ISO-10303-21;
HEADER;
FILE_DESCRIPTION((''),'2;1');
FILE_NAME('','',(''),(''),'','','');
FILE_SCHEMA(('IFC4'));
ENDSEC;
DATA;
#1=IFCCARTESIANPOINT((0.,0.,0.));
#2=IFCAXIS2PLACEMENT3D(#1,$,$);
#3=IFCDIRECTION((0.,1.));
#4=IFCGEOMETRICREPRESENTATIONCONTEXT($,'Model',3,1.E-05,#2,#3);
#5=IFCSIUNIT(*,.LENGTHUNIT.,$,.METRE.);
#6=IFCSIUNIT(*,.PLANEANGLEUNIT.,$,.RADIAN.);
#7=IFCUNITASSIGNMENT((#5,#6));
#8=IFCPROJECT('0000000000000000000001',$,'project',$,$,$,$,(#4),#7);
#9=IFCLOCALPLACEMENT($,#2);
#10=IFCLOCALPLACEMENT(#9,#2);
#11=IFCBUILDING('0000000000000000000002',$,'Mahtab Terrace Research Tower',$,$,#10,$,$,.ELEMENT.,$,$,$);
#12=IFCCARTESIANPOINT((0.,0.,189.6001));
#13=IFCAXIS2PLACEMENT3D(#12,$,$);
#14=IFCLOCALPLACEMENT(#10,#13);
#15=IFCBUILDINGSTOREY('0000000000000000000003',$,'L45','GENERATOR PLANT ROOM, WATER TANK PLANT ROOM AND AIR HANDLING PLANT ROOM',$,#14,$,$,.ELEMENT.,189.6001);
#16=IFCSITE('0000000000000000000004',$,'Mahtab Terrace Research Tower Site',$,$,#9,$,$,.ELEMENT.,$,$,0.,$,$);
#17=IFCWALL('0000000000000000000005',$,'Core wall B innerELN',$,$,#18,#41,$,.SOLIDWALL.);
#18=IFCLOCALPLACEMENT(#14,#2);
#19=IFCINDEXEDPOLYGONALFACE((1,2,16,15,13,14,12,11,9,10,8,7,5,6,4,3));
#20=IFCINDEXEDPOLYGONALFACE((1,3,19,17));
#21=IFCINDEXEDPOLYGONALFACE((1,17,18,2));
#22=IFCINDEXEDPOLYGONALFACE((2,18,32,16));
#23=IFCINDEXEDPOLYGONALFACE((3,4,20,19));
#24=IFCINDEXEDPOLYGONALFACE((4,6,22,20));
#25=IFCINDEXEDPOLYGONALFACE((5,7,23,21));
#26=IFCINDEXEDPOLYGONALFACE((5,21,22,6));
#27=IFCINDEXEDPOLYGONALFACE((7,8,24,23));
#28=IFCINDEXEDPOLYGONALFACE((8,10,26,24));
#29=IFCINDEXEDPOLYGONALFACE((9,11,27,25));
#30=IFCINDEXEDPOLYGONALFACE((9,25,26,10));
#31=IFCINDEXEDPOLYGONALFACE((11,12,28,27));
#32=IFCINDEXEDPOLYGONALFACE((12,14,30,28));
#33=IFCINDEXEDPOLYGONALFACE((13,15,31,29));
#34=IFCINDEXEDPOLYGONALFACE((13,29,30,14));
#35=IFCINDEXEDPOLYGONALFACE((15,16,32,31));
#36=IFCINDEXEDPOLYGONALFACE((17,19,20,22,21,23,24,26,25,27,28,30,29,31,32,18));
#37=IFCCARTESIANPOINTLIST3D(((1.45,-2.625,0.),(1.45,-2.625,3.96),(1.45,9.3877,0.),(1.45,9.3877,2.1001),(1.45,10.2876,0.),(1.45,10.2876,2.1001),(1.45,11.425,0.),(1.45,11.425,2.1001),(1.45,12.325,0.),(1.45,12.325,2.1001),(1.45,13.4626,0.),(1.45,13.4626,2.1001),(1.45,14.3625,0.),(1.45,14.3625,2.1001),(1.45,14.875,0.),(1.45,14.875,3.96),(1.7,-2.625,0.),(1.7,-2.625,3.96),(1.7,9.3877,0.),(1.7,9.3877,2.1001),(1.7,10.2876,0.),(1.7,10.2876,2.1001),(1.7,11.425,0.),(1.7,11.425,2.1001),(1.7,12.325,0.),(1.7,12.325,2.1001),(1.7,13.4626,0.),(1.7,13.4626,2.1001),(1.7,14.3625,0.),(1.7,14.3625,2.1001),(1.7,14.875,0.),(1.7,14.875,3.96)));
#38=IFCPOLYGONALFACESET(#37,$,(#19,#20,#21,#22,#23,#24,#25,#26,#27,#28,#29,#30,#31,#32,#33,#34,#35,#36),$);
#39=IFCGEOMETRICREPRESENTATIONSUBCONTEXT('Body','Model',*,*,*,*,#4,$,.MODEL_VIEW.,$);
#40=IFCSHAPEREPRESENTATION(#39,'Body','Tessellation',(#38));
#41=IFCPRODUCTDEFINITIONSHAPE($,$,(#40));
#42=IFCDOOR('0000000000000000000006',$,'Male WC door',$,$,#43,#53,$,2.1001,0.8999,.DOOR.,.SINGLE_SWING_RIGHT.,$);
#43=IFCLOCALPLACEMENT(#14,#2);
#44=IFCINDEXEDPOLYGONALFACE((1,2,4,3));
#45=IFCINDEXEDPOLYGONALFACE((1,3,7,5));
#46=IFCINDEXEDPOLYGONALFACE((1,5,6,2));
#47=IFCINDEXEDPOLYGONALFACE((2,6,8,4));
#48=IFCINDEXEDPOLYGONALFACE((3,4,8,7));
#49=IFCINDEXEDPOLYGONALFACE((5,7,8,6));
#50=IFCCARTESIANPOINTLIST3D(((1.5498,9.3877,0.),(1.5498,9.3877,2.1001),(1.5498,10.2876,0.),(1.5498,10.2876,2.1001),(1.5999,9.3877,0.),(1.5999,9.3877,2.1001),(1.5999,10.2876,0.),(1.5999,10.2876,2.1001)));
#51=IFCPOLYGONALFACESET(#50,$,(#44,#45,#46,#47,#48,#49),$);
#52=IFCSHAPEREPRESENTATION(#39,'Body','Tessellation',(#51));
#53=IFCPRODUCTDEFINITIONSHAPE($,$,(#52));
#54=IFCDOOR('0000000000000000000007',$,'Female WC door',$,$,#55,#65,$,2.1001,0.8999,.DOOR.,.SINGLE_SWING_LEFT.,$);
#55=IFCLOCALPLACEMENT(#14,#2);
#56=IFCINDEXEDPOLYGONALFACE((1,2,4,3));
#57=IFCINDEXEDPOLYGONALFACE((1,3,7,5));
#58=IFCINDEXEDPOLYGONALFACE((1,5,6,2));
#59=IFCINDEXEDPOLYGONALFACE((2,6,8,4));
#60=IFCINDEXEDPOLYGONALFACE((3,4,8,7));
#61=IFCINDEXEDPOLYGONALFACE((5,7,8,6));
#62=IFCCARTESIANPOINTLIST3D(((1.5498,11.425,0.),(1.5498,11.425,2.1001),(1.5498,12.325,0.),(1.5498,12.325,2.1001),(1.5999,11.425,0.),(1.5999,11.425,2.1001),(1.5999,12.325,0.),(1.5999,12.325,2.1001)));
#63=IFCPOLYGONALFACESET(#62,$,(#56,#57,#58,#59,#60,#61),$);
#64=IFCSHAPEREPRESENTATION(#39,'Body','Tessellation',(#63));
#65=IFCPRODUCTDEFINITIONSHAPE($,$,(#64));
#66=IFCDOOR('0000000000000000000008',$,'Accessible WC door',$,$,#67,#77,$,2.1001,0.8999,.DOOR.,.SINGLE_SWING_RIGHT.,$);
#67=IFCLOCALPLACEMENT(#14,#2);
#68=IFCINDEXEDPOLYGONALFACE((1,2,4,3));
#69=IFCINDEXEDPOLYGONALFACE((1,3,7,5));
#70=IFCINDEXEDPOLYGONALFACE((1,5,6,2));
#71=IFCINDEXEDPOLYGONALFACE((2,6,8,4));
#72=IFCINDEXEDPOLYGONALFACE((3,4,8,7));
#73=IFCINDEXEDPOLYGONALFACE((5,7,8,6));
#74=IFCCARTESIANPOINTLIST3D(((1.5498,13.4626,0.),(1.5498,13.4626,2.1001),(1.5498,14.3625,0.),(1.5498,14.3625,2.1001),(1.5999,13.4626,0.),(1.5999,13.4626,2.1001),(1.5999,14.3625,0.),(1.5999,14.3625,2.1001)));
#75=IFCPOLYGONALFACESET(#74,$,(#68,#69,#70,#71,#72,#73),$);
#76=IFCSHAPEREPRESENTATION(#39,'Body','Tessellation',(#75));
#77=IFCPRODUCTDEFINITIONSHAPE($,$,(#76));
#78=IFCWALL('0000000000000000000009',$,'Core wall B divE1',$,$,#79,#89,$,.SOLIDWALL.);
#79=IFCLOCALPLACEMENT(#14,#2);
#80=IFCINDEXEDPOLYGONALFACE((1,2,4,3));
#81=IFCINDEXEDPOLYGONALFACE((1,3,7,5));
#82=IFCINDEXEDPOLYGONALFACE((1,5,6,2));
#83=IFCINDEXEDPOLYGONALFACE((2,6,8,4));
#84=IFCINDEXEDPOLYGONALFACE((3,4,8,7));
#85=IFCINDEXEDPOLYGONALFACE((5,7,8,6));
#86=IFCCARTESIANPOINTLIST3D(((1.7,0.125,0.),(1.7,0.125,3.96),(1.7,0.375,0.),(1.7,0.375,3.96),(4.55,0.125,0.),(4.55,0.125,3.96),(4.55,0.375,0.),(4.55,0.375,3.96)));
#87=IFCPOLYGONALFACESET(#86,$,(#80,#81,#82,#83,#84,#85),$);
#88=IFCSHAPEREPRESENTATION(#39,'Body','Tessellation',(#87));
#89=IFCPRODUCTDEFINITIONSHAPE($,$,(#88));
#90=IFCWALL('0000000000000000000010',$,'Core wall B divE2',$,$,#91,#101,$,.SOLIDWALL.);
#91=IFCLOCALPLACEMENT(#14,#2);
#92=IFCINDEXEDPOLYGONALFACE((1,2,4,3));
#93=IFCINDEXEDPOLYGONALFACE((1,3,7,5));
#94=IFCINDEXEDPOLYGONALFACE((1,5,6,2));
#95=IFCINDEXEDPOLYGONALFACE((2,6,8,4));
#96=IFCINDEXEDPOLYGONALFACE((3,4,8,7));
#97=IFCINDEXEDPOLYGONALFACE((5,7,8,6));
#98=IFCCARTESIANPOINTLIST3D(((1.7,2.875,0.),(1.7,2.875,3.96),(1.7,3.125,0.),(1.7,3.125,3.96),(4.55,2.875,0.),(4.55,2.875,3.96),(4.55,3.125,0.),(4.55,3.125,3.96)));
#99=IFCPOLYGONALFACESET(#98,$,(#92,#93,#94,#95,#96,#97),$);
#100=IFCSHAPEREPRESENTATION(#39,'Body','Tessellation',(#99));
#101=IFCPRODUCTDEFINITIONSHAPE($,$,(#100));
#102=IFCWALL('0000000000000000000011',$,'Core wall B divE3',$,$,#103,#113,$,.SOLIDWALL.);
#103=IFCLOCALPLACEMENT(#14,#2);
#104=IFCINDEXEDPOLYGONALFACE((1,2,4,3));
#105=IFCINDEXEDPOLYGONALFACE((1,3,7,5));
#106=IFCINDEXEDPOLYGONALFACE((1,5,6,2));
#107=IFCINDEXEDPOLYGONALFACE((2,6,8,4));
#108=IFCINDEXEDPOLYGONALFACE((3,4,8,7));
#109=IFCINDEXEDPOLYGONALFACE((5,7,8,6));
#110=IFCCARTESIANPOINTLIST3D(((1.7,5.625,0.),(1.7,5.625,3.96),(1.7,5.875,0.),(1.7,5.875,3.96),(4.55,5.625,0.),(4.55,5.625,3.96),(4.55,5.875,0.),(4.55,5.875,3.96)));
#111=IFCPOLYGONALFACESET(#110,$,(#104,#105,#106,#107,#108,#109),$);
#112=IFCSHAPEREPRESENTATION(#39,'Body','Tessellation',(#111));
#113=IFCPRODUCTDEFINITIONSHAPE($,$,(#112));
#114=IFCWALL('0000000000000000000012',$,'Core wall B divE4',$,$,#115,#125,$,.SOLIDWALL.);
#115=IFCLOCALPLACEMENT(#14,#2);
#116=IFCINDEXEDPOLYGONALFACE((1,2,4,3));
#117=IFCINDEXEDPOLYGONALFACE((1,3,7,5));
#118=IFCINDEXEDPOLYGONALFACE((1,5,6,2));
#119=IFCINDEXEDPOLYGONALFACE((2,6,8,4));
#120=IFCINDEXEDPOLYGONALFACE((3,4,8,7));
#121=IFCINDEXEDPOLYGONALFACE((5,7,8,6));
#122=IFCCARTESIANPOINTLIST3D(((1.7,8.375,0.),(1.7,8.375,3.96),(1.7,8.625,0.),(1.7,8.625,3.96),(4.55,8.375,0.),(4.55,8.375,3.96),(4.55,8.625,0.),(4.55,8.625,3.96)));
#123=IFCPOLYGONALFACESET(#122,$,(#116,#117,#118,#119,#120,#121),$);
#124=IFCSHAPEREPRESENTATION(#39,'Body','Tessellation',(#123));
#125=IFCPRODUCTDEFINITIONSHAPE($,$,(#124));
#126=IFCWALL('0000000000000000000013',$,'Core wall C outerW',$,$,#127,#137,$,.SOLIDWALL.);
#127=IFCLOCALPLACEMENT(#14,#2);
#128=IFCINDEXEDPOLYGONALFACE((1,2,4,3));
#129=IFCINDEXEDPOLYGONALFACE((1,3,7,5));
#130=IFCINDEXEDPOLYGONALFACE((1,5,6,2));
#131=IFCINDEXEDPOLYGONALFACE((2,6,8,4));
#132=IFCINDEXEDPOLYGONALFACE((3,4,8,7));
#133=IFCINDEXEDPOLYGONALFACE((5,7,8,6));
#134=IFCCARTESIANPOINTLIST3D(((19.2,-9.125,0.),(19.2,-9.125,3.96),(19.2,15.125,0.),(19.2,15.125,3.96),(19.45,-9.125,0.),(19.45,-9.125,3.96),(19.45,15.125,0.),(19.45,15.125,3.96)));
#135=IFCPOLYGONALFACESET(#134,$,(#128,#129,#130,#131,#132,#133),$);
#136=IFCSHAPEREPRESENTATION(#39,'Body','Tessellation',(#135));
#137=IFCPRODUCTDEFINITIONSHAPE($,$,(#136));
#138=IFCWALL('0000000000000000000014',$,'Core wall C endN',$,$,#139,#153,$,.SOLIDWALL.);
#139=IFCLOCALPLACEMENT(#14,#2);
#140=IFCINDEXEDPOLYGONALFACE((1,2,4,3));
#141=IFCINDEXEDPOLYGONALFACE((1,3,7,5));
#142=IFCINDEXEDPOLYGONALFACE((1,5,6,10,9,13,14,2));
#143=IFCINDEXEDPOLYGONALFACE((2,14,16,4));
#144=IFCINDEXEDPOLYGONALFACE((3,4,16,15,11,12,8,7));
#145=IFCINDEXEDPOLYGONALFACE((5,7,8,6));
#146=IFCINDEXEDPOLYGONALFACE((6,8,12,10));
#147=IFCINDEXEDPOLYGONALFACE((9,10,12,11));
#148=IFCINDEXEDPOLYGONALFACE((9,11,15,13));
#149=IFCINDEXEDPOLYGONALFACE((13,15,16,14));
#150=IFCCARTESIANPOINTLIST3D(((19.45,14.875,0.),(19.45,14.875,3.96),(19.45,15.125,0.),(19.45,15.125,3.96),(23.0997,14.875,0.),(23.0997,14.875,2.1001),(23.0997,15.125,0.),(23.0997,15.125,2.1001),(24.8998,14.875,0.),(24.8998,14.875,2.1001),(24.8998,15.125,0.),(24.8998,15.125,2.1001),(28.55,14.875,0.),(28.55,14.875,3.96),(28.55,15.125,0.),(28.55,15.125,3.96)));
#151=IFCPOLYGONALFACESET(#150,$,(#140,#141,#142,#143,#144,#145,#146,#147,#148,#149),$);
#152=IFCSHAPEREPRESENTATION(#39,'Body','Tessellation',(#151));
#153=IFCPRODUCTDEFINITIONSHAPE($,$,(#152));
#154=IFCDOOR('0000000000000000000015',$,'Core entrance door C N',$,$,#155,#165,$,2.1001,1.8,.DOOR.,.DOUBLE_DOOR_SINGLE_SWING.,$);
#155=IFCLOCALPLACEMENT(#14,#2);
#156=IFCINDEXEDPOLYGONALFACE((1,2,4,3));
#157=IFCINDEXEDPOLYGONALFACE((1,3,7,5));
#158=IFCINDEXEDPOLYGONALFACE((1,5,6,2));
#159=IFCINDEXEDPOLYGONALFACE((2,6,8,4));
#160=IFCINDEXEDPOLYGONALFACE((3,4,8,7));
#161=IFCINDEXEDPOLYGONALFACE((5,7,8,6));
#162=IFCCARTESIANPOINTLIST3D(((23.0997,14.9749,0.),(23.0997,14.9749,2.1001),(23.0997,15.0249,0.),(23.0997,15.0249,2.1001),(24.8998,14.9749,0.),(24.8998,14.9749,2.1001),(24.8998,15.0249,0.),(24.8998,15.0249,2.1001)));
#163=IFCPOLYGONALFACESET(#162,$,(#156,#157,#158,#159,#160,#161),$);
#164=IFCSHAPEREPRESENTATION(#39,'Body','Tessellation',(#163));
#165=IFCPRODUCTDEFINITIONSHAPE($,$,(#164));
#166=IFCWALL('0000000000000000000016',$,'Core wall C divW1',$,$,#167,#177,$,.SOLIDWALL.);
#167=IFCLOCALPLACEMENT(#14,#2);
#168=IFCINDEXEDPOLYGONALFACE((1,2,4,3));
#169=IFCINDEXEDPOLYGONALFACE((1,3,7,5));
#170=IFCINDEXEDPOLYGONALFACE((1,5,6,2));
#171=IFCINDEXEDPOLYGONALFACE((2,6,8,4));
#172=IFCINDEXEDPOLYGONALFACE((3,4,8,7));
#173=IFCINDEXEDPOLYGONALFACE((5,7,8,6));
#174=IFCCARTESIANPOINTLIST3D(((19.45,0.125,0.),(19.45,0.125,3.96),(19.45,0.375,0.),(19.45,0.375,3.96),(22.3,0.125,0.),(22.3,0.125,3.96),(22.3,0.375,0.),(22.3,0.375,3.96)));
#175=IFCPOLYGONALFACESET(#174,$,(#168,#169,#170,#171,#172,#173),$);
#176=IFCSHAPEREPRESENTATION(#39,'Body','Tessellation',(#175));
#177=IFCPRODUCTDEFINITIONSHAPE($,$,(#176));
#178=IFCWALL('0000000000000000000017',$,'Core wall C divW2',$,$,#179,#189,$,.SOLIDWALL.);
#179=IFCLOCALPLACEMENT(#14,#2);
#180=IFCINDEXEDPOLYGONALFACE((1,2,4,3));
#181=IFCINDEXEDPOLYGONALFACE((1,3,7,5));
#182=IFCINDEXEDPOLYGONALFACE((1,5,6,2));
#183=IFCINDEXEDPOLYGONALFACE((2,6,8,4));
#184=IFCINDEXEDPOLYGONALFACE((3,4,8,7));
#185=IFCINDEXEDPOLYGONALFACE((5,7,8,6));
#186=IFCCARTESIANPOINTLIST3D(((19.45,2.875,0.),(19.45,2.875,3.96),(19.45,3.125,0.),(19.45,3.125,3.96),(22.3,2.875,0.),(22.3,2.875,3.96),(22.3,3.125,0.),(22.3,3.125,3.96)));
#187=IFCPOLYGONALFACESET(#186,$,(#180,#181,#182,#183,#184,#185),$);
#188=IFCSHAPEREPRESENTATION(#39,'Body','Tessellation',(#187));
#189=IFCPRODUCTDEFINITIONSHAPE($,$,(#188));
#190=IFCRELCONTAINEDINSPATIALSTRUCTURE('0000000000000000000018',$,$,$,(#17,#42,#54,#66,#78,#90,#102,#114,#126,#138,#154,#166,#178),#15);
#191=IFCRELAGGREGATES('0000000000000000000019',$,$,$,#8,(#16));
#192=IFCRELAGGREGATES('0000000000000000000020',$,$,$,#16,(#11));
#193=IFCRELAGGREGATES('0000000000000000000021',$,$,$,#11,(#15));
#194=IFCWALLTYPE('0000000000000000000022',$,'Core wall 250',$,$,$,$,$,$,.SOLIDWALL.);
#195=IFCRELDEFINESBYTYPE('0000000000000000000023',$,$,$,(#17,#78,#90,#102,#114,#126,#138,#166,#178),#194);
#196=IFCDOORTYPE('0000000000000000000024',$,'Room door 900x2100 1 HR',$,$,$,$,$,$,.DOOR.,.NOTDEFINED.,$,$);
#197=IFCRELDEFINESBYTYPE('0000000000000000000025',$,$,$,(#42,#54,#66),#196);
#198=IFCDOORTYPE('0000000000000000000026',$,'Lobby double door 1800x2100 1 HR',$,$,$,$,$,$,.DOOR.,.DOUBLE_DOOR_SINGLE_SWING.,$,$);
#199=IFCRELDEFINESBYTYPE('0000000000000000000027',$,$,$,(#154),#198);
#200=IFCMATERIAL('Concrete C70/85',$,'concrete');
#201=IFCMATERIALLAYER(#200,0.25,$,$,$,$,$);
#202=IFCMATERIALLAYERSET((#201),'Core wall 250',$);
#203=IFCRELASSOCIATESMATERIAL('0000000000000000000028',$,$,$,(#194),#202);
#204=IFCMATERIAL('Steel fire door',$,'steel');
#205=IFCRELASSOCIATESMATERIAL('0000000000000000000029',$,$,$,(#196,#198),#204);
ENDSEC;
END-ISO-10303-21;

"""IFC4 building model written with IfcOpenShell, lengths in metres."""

from ifc_helpers import new_model, si_unit, direction, frame, frame_2d, origin, place, context, subcontext, project, spatial, rectangle, extrude, material, layer, layer_set, type_object, element, fill, save


model = new_model("IFC4")

# Units and contexts
model_context = context("Model", 3, precision=1e-05, world=origin(), true_north=direction((0.0, 1.0)))
body_context = subcontext(model_context, "Body", "Model", "MODEL_VIEW")
ifc_project = project(units=[si_unit("LENGTHUNIT", "METRE"), si_unit("PLANEANGLEUNIT", "RADIAN")], contexts=[model_context])

# Site, building, storey
site_placement = place(None, origin())
site = spatial("IfcSite", under=ifc_project, at=site_placement, Name="Mahtab Terrace Research Tower Site", CompositionType="ELEMENT", RefElevation=0.0)
building_placement = place(site_placement, origin())
building = spatial("IfcBuilding", under=site, at=building_placement, Name="Mahtab Terrace Research Tower", CompositionType="ELEMENT")
storey_placement = place(building_placement, frame((0.0, 0.0, 189.6001)))
storey = spatial("IfcBuildingStorey", under=building, at=storey_placement, Name="L45", Description="GENERATOR PLANT ROOM, WATER TANK PLANT ROOM AND AIR HANDLING PLANT ROOM", CompositionType="ELEMENT", Elevation=189.6001)

# Shared definitions
ifc_material_1 = material(Name="Concrete C70/85", Category="concrete")

# Wall, openings, doors
ifc_layer_1 = layer(ifc_material_1, 0.25)
ifc_layer_set_1 = layer_set([ifc_layer_1], Name="Core wall 250")
wall_type_1 = type_object("IfcWallType", Name="Core wall 250", PredefinedType="SOLIDWALL", material=ifc_layer_set_1)
wall_1_placement = place(storey_placement, frame((1.575, 14.875, 0.0), z_axis=(0.0, 0.0, 1.0), x_axis=(0.0, -1.0, 0.0)))
wall_1 = element("IfcWall", 1, at=wall_1_placement, inside=storey, type_object=wall_type_1, Name="Core wall B innerELN", PredefinedType="SOLIDWALL", context=body_context, shape_type="SweptSolid", body=[
    extrude(rectangle(XDim=17.5, YDim=0.25, at=frame_2d((8.75, 0.0))), origin(), (0.0, 0.0, 1.0), 3.96),
])
opening_1_placement = place(wall_1_placement, frame((4.5874, 0.0, 0.0)))
opening_1 = element("IfcOpeningElement", 2, at=opening_1_placement, cuts=wall_1, PredefinedType="OPENING", context=body_context, shape_type="SweptSolid", body=[
    extrude(rectangle(XDim=0.8999, YDim=2.1001, at=frame_2d((0.45, 1.05))), frame((0.0, 0.135, 0.0), z_axis=(0.0, -1.0, 0.0), x_axis=(1.0, 0.0, 0.0)), (0.0, 0.0, 1.0), 0.27),
])
opening_2_placement = place(wall_1_placement, frame((2.55, 0.0, 0.0)))
opening_2 = element("IfcOpeningElement", 3, at=opening_2_placement, cuts=wall_1, PredefinedType="OPENING", context=body_context, shape_type="SweptSolid", body=[
    extrude(rectangle(XDim=0.8999, YDim=2.1001, at=frame_2d((0.45, 1.05))), frame((0.0, 0.135, 0.0), z_axis=(0.0, -1.0, 0.0), x_axis=(1.0, 0.0, 0.0)), (0.0, 0.0, 1.0), 0.27),
])
opening_3_placement = place(wall_1_placement, frame((0.5125, 0.0, 0.0)))
opening_3 = element("IfcOpeningElement", 4, at=opening_3_placement, cuts=wall_1, PredefinedType="OPENING", context=body_context, shape_type="SweptSolid", body=[
    extrude(rectangle(XDim=0.8999, YDim=2.1001, at=frame_2d((0.45, 1.05))), frame((0.0, 0.135, 0.0), z_axis=(0.0, -1.0, 0.0), x_axis=(1.0, 0.0, 0.0)), (0.0, 0.0, 1.0), 0.27),
])
ifc_material_2 = material(Name="Steel fire door", Category="steel")
door_type_1 = type_object("IfcDoorType", Name="Room door 900x2100 1 HR", OperationType="NOTDEFINED", PredefinedType="DOOR", material=ifc_material_2)
door_1_placement = place(opening_1_placement, origin())
door_1 = element("IfcDoor", 5, at=door_1_placement, inside=storey, type_object=door_type_1, Name="Male WC door", OperationType="SINGLE_SWING_RIGHT", OverallHeight=2.1001, OverallWidth=0.8999, PredefinedType="DOOR", context=body_context, shape_type="SweptSolid", body=[
    extrude(rectangle(XDim=0.8999, YDim=2.1001, at=frame_2d((0.45, 1.05))), frame((0.0, 0.0249, 0.0), z_axis=(0.0, -1.0, 0.0), x_axis=(1.0, 0.0, 0.0)), (0.0, 0.0, 1.0), 0.05),
])
fill(opening_1, door_1)
door_2_placement = place(opening_2_placement, origin())
door_2 = element("IfcDoor", 6, at=door_2_placement, inside=storey, type_object=door_type_1, Name="Female WC door", OperationType="SINGLE_SWING_LEFT", OverallHeight=2.1001, OverallWidth=0.8999, PredefinedType="DOOR", context=body_context, shape_type="SweptSolid", body=[
    extrude(rectangle(XDim=0.8999, YDim=2.1001, at=frame_2d((0.45, 1.05))), frame((0.0, 0.0249, 0.0), z_axis=(0.0, -1.0, 0.0), x_axis=(1.0, 0.0, 0.0)), (0.0, 0.0, 1.0), 0.05),
])
fill(opening_2, door_2)
door_3_placement = place(opening_3_placement, origin())
door_3 = element("IfcDoor", 7, at=door_3_placement, inside=storey, type_object=door_type_1, Name="Accessible WC door", OperationType="SINGLE_SWING_RIGHT", OverallHeight=2.1001, OverallWidth=0.8999, PredefinedType="DOOR", context=body_context, shape_type="SweptSolid", body=[
    extrude(rectangle(XDim=0.8999, YDim=2.1001, at=frame_2d((0.45, 1.05))), frame((0.0, 0.0249, 0.0), z_axis=(0.0, -1.0, 0.0), x_axis=(1.0, 0.0, 0.0)), (0.0, 0.0, 1.0), 0.05),
])
fill(opening_3, door_3)

# Walls
for number, where, z_axis, x_axis, name in (
    (8, (1.7, 0.25, 0.0), (0.0, 0.0, 1.0), (1.0, 0.0, 0.0), "Core wall B divE1"),
    (9, (1.7, 3.0, 0.0), (0.0, 0.0, 1.0), (1.0, 0.0, 0.0), "Core wall B divE2"),
    (10, (1.7, 5.75, 0.0), (0.0, 0.0, 1.0), (1.0, 0.0, 0.0), "Core wall B divE3"),
    (11, (1.7, 8.5, 0.0), (0.0, 0.0, 1.0), (1.0, 0.0, 0.0), "Core wall B divE4"),
):
    element("IfcWall", number, at=place(storey_placement, frame(where, z_axis=z_axis, x_axis=x_axis)), inside=storey, type_object=wall_type_1, Name=name, PredefinedType="SOLIDWALL", context=body_context, shape_type="SweptSolid", body=[
        extrude(rectangle(XDim=2.8501, YDim=0.25, at=frame_2d((1.425, 0.0))), origin(), (0.0, 0.0, 1.0), 3.96),
    ])
wall_2_placement = place(storey_placement, frame((19.325, 15.125, 0.0), z_axis=(0.0, 0.0, 1.0), x_axis=(0.0, -1.0, 0.0)))
element("IfcWall", 12, at=wall_2_placement, inside=storey, type_object=wall_type_1, Name="Core wall C outerW", PredefinedType="SOLIDWALL", context=body_context, shape_type="SweptSolid", body=[
    extrude(rectangle(XDim=24.25, YDim=0.25, at=frame_2d((12.125, 0.0))), origin(), (0.0, 0.0, 1.0), 3.96),
])

# Wall, opening, door
wall_3_placement = place(storey_placement, frame((19.45, 15.0, 0.0), z_axis=(0.0, 0.0, 1.0), x_axis=(1.0, 0.0, 0.0)))
wall_3 = element("IfcWall", 13, at=wall_3_placement, inside=storey, type_object=wall_type_1, Name="Core wall C endN", PredefinedType="SOLIDWALL", context=body_context, shape_type="SweptSolid", body=[
    extrude(rectangle(XDim=9.1001, YDim=0.25, at=frame_2d((4.55, 0.0))), origin(), (0.0, 0.0, 1.0), 3.96),
])
opening_4_placement = place(wall_3_placement, frame((3.6499, 0.0, 0.0)))
opening_4 = element("IfcOpeningElement", 14, at=opening_4_placement, cuts=wall_3, PredefinedType="OPENING", context=body_context, shape_type="SweptSolid", body=[
    extrude(rectangle(XDim=1.8, YDim=2.1001, at=frame_2d((0.8999, 1.05))), frame((0.0, 0.135, 0.0), z_axis=(0.0, -1.0, 0.0), x_axis=(1.0, 0.0, 0.0)), (0.0, 0.0, 1.0), 0.27),
])
door_type_2 = type_object("IfcDoorType", Name="Lobby double door 1800x2100 1 HR", OperationType="DOUBLE_DOOR_SINGLE_SWING", PredefinedType="DOOR", material=ifc_material_2)
door_4_placement = place(opening_4_placement, origin())
door_4 = element("IfcDoor", 15, at=door_4_placement, inside=storey, type_object=door_type_2, Name="Core entrance door C N", OperationType="DOUBLE_DOOR_SINGLE_SWING", OverallHeight=2.1001, OverallWidth=1.8, PredefinedType="DOOR", context=body_context, shape_type="SweptSolid", body=[
    extrude(rectangle(XDim=1.8, YDim=2.1001, at=frame_2d((0.8999, 1.05))), frame((0.0, 0.0249, 0.0), z_axis=(0.0, -1.0, 0.0), x_axis=(1.0, 0.0, 0.0)), (0.0, 0.0, 1.0), 0.05),
])
fill(opening_4, door_4)

# Walls
for number, where, z_axis, x_axis, name in (
    (16, (19.45, 0.25, 0.0), (0.0, 0.0, 1.0), (1.0, 0.0, 0.0), "Core wall C divW1"),
    (17, (19.45, 3.0, 0.0), (0.0, 0.0, 1.0), (1.0, 0.0, 0.0), "Core wall C divW2"),
):
    element("IfcWall", number, at=place(storey_placement, frame(where, z_axis=z_axis, x_axis=x_axis)), inside=storey, type_object=wall_type_1, Name=name, PredefinedType="SOLIDWALL", context=body_context, shape_type="SweptSolid", body=[
        extrude(rectangle(XDim=2.8501, YDim=0.25, at=frame_2d((1.425, 0.0))), origin(), (0.0, 0.0, 1.0), 3.96),
    ])

save(model, "model.ifc")
